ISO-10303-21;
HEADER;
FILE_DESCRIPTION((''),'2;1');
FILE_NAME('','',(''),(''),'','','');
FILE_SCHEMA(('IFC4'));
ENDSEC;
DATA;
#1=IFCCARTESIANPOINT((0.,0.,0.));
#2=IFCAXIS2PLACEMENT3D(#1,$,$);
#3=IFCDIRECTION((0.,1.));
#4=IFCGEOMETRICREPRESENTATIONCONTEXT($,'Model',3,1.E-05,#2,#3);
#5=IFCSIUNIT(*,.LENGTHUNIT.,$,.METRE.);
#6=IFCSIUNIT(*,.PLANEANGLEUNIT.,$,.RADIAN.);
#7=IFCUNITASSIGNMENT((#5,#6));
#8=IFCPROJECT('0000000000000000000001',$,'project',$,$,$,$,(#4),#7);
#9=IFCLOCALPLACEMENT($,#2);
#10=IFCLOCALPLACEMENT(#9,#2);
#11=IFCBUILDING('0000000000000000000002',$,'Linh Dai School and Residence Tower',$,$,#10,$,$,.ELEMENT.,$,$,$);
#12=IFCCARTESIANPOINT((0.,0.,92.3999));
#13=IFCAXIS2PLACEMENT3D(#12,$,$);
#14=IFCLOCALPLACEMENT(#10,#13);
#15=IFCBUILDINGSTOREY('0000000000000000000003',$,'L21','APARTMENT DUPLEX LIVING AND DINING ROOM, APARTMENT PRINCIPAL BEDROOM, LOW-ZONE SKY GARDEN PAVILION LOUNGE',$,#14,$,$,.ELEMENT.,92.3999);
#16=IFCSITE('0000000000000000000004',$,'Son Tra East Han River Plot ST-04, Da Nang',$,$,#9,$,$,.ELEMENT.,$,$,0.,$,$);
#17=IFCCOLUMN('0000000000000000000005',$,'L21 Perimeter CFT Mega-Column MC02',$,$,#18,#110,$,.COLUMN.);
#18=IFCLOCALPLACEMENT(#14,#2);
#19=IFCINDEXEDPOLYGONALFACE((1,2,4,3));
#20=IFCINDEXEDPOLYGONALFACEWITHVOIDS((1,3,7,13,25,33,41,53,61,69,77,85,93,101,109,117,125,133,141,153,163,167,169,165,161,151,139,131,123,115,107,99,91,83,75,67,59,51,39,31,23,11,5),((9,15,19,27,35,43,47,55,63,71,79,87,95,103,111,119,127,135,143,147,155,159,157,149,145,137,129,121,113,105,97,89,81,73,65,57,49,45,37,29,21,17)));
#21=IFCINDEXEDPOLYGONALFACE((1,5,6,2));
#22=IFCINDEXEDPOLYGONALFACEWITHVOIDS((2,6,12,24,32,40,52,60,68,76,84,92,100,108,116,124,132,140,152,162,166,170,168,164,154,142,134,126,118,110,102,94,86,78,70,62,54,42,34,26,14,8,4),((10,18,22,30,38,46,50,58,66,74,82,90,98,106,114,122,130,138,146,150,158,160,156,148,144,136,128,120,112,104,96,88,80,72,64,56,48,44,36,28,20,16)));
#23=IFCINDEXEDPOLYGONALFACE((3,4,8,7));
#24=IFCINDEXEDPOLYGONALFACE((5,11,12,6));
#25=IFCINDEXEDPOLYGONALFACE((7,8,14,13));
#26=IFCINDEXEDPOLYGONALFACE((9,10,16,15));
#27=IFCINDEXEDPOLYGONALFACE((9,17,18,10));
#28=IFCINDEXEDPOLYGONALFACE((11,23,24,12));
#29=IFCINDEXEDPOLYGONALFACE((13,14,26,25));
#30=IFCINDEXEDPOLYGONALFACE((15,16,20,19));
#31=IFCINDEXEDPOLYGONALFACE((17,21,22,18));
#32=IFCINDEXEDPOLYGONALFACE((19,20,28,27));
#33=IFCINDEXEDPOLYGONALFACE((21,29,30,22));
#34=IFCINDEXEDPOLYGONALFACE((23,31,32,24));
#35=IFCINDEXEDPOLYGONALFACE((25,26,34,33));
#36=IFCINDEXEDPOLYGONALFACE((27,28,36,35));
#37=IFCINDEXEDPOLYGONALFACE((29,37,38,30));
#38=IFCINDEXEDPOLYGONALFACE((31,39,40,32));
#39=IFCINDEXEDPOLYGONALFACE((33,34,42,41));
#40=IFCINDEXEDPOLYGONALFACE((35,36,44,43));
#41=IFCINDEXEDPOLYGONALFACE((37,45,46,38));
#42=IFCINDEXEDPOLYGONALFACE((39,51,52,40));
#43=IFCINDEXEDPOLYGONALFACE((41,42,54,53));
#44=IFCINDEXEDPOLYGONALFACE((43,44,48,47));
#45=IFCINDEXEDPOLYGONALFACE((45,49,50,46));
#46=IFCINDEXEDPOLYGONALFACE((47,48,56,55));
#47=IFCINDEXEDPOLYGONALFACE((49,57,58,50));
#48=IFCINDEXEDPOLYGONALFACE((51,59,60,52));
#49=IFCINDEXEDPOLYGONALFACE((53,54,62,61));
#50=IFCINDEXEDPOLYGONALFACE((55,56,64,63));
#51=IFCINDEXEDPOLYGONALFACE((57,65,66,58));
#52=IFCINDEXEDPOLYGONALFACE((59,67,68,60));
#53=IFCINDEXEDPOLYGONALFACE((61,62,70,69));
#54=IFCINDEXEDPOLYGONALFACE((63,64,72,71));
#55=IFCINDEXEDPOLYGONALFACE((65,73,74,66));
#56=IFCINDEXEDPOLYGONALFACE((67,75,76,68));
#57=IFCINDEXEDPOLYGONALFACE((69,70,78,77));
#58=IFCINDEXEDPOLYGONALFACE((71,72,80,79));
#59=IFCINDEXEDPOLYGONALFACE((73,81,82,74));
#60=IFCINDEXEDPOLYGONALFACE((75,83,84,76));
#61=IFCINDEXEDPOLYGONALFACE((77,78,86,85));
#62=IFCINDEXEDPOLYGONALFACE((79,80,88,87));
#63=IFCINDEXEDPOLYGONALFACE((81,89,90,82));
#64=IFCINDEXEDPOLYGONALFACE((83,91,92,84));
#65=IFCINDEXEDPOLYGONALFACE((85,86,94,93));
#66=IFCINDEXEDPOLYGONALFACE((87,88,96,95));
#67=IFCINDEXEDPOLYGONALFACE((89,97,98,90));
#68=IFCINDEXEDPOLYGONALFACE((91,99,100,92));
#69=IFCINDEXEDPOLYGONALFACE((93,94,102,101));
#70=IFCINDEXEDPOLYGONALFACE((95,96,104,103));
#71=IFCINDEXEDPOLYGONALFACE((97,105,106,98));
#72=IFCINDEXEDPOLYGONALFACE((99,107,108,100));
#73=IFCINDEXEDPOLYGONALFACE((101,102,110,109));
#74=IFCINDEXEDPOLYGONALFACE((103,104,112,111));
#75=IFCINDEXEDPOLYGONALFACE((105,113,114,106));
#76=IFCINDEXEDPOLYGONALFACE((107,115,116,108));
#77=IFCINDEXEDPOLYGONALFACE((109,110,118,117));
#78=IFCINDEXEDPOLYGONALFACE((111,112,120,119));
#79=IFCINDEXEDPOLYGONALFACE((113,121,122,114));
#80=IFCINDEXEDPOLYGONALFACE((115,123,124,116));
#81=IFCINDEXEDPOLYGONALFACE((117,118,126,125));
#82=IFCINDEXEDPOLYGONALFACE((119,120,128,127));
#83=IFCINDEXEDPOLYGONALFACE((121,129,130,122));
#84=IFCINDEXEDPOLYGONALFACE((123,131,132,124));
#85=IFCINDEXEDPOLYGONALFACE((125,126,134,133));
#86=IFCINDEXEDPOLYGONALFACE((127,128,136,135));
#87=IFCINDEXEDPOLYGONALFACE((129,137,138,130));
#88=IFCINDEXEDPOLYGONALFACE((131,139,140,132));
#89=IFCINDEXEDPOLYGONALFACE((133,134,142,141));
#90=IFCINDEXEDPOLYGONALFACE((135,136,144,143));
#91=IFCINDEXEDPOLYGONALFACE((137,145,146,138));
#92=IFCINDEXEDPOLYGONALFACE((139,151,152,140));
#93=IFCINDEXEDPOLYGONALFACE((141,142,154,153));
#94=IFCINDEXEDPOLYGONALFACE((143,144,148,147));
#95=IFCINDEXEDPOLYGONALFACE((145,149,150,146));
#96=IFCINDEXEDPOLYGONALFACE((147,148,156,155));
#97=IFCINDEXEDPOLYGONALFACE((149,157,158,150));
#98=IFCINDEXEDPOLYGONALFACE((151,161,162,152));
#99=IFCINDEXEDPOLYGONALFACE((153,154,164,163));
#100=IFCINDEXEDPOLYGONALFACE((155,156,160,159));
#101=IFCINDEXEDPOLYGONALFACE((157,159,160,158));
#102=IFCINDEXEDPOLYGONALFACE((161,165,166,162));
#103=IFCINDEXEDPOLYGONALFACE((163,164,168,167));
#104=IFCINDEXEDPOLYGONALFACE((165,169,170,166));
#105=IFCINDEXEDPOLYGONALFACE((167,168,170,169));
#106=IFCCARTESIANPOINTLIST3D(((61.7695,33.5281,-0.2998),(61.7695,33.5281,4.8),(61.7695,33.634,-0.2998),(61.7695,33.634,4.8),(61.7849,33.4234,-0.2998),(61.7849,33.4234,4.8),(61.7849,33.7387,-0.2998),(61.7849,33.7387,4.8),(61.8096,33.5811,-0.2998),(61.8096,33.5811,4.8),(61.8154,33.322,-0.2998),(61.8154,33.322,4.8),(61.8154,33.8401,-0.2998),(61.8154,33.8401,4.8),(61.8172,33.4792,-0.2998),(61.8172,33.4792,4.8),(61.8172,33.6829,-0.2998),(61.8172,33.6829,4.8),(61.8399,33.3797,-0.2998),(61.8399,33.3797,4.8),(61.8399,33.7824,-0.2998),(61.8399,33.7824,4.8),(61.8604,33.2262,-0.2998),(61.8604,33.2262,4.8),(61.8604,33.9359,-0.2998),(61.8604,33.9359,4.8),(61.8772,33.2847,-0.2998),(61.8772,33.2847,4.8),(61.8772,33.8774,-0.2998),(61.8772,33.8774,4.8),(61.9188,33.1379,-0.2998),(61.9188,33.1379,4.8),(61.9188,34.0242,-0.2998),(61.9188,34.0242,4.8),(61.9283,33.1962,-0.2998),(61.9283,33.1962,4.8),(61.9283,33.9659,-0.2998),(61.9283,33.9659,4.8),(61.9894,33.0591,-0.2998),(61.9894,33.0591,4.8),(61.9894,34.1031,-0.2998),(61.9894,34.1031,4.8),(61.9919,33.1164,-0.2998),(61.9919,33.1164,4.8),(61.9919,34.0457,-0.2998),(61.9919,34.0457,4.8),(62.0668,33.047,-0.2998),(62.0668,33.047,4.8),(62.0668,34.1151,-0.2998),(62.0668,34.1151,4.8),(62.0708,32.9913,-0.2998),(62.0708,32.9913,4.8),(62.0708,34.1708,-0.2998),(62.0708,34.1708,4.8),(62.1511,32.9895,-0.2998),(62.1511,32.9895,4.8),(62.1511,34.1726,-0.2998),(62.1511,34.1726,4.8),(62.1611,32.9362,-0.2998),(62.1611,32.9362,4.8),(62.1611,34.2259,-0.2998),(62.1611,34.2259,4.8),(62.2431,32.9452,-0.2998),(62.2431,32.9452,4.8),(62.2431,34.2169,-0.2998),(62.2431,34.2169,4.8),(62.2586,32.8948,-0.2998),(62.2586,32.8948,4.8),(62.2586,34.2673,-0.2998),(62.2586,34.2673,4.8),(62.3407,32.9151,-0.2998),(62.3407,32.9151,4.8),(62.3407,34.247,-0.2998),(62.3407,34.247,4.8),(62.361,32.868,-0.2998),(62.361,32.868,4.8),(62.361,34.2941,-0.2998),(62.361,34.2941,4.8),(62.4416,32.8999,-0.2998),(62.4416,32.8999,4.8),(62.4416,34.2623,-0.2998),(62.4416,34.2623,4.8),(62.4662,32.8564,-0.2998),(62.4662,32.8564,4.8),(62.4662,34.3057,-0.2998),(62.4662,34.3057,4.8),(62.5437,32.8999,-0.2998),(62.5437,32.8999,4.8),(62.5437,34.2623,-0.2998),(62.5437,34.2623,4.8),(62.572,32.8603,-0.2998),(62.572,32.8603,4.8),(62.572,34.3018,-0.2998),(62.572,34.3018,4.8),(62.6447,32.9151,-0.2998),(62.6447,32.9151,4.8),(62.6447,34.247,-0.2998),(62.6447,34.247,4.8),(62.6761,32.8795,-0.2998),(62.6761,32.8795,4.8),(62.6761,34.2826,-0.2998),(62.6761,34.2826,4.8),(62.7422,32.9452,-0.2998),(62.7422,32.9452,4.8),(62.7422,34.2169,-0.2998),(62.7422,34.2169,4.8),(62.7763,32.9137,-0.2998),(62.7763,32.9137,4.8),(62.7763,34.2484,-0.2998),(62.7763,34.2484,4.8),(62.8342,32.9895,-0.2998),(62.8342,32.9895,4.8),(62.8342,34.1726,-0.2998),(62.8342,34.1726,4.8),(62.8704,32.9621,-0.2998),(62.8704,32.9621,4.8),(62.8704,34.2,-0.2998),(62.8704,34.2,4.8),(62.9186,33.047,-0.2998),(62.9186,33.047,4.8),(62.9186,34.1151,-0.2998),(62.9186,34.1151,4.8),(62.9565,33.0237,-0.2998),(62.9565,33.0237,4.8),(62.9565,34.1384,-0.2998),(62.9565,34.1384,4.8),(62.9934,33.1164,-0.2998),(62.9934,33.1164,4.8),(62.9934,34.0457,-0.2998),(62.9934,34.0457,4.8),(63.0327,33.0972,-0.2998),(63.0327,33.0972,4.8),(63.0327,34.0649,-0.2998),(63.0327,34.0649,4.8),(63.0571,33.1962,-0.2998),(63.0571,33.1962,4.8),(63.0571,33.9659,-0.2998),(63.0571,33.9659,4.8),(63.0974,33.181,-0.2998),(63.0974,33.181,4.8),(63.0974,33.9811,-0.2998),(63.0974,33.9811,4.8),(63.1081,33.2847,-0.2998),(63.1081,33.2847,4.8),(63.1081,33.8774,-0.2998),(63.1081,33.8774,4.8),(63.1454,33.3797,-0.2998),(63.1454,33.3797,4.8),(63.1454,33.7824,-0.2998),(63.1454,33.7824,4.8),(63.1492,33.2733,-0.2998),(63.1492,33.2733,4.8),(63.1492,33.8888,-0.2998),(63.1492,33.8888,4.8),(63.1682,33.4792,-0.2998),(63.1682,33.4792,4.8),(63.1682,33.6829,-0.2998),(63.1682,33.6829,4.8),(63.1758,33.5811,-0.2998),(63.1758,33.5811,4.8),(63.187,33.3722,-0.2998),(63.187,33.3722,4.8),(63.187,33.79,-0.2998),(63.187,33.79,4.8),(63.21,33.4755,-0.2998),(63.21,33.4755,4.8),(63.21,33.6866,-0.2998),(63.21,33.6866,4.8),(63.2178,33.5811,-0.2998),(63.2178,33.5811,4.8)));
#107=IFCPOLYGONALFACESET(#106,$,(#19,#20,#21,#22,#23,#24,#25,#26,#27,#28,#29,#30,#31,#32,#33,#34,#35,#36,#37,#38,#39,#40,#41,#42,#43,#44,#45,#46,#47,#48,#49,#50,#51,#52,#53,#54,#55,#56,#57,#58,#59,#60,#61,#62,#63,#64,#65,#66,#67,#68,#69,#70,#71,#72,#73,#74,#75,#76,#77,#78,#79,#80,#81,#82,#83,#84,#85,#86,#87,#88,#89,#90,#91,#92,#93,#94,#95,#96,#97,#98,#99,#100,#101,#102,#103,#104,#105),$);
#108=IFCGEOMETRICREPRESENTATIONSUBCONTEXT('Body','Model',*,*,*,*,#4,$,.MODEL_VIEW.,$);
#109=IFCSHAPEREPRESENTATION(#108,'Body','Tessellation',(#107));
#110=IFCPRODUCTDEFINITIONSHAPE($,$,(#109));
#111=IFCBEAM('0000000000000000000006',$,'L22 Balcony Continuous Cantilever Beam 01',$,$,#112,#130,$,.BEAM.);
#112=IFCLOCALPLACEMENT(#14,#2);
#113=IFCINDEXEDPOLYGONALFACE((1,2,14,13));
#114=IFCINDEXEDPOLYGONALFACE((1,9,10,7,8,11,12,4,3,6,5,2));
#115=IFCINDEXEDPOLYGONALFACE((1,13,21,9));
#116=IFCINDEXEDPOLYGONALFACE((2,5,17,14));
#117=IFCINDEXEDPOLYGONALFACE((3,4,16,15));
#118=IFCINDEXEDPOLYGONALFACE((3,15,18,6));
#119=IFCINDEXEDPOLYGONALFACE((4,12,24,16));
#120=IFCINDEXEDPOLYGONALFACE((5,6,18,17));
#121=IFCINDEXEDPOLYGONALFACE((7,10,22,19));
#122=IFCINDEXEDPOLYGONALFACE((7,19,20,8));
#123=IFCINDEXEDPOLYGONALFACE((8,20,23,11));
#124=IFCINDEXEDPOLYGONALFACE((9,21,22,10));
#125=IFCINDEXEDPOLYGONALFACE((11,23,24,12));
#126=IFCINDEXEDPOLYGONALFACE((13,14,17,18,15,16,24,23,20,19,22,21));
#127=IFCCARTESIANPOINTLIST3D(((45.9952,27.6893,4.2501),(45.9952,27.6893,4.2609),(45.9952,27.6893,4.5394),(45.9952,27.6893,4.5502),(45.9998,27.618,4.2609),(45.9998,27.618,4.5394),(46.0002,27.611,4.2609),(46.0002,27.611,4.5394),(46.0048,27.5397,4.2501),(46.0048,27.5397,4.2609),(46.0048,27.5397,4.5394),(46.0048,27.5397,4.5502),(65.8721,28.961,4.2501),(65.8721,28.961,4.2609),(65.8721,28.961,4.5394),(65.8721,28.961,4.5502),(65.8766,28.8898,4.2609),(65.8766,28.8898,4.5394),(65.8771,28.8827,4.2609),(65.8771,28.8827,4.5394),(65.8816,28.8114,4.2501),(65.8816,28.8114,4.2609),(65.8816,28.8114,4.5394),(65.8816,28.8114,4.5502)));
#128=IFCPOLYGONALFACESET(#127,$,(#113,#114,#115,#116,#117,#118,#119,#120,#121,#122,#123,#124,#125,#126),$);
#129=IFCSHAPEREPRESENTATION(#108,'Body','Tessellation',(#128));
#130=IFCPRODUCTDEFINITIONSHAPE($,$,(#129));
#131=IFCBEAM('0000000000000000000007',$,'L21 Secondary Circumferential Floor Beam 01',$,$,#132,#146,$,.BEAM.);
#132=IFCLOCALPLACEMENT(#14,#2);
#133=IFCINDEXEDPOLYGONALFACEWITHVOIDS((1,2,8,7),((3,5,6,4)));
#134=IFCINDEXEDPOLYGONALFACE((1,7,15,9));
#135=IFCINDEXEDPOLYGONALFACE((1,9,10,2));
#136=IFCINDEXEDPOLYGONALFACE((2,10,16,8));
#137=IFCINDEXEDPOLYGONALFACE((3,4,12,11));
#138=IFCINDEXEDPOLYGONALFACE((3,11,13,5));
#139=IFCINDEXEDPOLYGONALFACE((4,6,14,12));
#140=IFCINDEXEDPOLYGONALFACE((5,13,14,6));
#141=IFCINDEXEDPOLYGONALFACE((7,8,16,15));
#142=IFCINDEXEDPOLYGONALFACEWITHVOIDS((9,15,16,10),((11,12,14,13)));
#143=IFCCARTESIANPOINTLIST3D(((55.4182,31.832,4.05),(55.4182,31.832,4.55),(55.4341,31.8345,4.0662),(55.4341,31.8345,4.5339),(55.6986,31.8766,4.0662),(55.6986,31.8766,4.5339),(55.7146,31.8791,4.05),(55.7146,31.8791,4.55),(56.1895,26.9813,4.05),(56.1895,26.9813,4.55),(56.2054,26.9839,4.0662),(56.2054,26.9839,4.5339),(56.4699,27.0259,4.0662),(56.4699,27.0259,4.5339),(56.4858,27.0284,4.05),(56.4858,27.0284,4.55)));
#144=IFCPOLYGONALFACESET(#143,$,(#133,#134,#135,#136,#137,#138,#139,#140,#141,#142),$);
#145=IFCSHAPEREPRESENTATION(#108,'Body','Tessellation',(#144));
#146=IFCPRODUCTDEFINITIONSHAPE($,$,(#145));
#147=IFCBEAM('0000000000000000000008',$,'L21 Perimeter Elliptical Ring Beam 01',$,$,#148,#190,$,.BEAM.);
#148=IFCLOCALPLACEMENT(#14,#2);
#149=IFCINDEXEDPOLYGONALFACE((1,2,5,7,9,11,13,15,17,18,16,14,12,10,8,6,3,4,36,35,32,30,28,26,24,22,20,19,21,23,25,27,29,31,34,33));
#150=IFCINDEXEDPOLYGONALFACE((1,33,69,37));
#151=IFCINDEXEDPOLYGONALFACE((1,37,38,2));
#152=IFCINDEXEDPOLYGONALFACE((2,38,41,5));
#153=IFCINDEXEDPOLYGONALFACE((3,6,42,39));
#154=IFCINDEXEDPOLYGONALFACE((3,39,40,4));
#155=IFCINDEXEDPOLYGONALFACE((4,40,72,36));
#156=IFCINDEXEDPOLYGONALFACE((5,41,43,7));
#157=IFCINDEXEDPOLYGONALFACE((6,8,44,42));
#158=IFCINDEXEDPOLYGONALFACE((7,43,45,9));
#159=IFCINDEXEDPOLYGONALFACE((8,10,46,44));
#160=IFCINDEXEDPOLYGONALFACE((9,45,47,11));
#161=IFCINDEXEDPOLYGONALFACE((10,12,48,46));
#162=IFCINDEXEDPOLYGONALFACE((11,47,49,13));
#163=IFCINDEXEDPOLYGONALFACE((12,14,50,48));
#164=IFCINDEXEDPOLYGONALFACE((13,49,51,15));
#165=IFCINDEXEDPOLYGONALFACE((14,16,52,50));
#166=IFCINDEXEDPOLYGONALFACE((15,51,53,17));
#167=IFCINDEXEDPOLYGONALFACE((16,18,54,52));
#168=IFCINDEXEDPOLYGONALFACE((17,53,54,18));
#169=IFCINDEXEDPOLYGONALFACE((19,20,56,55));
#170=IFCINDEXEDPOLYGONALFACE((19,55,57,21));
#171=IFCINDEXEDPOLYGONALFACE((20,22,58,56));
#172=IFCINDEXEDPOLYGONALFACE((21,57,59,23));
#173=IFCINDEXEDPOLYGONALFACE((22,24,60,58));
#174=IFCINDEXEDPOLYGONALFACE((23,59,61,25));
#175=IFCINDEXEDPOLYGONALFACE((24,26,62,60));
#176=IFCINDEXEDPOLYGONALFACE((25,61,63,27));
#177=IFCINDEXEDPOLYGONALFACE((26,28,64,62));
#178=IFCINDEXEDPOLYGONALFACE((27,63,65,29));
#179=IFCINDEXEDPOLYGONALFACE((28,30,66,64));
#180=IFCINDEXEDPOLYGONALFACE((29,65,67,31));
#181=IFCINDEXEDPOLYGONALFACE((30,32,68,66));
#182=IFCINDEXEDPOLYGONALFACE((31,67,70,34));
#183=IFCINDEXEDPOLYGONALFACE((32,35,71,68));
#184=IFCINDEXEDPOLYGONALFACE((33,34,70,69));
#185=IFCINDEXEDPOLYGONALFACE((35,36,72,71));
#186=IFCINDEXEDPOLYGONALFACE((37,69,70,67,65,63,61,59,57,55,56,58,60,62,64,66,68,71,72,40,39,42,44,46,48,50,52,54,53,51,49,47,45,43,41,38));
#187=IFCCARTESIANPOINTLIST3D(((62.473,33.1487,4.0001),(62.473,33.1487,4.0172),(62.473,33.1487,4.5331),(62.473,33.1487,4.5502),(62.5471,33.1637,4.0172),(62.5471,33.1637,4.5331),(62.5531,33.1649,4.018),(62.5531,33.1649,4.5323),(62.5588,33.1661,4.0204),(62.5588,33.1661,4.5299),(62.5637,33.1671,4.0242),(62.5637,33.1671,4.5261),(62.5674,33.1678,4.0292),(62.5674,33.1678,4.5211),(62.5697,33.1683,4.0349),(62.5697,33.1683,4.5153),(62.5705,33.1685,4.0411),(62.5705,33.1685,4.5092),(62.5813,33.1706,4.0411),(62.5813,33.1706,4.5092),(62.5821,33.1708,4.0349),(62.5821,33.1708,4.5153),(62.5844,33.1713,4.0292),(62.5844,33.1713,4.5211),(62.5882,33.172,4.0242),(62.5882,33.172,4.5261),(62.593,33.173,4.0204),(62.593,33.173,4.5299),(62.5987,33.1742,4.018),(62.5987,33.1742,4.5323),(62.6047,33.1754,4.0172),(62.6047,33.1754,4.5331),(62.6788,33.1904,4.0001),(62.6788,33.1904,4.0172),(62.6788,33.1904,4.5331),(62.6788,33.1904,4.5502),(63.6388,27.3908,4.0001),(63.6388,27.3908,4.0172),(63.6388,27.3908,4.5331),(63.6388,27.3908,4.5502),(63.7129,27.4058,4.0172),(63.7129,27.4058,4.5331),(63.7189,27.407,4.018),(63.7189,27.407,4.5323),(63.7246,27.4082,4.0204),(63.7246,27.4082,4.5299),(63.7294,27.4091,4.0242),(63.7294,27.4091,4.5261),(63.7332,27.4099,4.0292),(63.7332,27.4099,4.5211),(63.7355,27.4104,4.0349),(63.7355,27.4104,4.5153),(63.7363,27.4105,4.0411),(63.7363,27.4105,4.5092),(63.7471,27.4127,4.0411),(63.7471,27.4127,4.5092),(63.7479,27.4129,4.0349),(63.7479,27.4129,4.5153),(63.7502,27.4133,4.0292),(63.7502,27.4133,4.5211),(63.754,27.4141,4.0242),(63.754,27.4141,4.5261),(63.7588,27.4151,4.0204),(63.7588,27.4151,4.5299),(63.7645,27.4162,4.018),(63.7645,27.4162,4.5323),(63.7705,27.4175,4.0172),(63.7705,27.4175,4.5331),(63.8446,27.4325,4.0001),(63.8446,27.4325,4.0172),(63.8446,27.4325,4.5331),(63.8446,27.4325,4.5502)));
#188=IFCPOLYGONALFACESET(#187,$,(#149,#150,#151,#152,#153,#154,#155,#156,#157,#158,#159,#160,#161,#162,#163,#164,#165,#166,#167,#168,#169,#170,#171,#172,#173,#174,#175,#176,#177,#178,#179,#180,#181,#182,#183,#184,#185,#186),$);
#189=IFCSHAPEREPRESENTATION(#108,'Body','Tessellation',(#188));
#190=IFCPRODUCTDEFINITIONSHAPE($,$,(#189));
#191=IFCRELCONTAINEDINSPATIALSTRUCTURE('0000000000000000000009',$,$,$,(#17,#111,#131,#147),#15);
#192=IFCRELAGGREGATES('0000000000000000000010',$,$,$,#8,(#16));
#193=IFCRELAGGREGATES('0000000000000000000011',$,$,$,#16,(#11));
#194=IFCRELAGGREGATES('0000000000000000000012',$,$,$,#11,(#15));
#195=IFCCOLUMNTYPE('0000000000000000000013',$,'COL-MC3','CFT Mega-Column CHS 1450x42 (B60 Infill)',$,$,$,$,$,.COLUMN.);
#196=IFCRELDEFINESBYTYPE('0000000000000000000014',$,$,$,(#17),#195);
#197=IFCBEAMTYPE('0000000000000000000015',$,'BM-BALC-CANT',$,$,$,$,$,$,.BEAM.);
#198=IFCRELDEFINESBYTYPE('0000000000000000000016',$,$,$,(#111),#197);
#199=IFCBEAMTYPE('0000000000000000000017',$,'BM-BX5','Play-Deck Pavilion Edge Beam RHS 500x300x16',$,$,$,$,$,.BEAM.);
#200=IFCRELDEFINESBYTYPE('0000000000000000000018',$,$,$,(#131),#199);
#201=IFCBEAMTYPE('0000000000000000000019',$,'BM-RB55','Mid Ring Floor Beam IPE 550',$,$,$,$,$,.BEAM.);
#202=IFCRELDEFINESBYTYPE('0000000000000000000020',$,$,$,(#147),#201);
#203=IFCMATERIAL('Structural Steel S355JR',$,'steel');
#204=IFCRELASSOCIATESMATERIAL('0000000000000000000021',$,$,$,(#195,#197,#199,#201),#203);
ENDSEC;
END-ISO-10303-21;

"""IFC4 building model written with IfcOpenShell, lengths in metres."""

from ifc_helpers import new_model, si_unit, direction, frame, origin, origin_2d, place, context, subcontext, project, spatial, hollow_rectangle, hollow_circle, i_section, extrude, material, material_profile, profile_set, type_object, element, save


model = new_model("IFC4")

# Units and contexts
model_context = context("Model", 3, precision=1e-05, world=origin(), true_north=direction((0.0, 1.0)))
body_context = subcontext(model_context, "Body", "Model", "MODEL_VIEW")
ifc_project = project(units=[si_unit("LENGTHUNIT", "METRE"), si_unit("PLANEANGLEUNIT", "RADIAN")], contexts=[model_context])

# Site, building, storey
site_placement = place(None, origin())
site = spatial("IfcSite", under=ifc_project, at=site_placement, Name="Son Tra East Han River Plot ST-04, Da Nang", CompositionType="ELEMENT", RefElevation=0.0)
building_placement = place(site_placement, origin())
building = spatial("IfcBuilding", under=site, at=building_placement, Name="Linh Dai School and Residence Tower", CompositionType="ELEMENT")
storey_placement = place(building_placement, frame((0.0, 0.0, 92.3999)))
storey = spatial("IfcBuildingStorey", under=building, at=storey_placement, Name="L21", Description="APARTMENT DUPLEX LIVING AND DINING ROOM, APARTMENT PRINCIPAL BEDROOM, LOW-ZONE SKY GARDEN PAVILION LOUNGE", CompositionType="ELEMENT", Elevation=92.3999)

# Column
ifc_material_1 = material(Name="Structural Steel S355JR", Category="steel")
ifc_material_profile_1 = material_profile(ifc_material_1, hollow_circle(Radius=0.7251, WallThickness=0.042, at=origin_2d()), Name="CHS 1450x42")
ifc_profile_set_1 = profile_set([ifc_material_profile_1], Name="Structural Steel S355JR")
column_type_1 = type_object("IfcColumnType", Name="COL-MC3", Description="CFT Mega-Column CHS 1450x42 (B60 Infill)", PredefinedType="COLUMN", material=ifc_profile_set_1)
for number, where, z_axis, x_axis, name in (
    (1, (62.4927, 33.5811, -0.2998), (0.0, 0.0, 1.0), (1.0, 0.0, 0.0), "L21 Perimeter CFT Mega-Column MC02"),
):
    element("IfcColumn", number, at=place(storey_placement, frame(where, z_axis=z_axis, x_axis=x_axis)), inside=storey, type_object=column_type_1, Name=name, PredefinedType="COLUMN", context=body_context, shape_type="SweptSolid", body=[
        extrude(hollow_circle(Radius=0.7251, WallThickness=0.042, at=origin_2d()), origin(), (0.0, 0.0, 1.0), 5.0999),
    ])

# Beams
ifc_material_profile_2 = material_profile(ifc_material_1, i_section(OverallWidth=0.1499, OverallDepth=0.3, WebThickness=0.0071, FlangeThickness=0.0107, at=origin_2d()), Name="IPE 300")
ifc_profile_set_2 = profile_set([ifc_material_profile_2], Name="Structural Steel S355JR")
beam_type_1 = type_object("IfcBeamType", Name="BM-BALC-CANT", PredefinedType="BEAM", material=ifc_profile_set_2)
beam_1_placement = place(storey_placement, frame((46.0, 27.6145, 4.4001), z_axis=(0.99796, 0.06385, 0.0), x_axis=(-0.06385, 0.99796, 0.0)))
element("IfcBeam", 2, at=beam_1_placement, inside=storey, type_object=beam_type_1, Name="L22 Balcony Continuous Cantilever Beam 01", PredefinedType="BEAM", context=body_context, shape_type="SweptSolid", body=[
    extrude(i_section(OverallWidth=0.1499, OverallDepth=0.3, WebThickness=0.0071, FlangeThickness=0.0107, at=origin_2d()), origin(), (0.0, 0.0, 1.0), 19.9175),
])
ifc_material_profile_3 = material_profile(ifc_material_1, hollow_rectangle(XDim=0.3, YDim=0.5, WallThickness=0.0161, at=origin_2d()), Name="RHS 500x300x16")
ifc_profile_set_3 = profile_set([ifc_material_profile_3], Name="Structural Steel S355JR")
beam_type_2 = type_object("IfcBeamType", Name="BM-BX5", Description="Play-Deck Pavilion Edge Beam RHS 500x300x16", PredefinedType="BEAM", material=ifc_profile_set_3)
beam_2_placement = place(storey_placement, frame((56.3376, 27.0049, 4.3), z_axis=(-0.157027, 0.987594, 0.0), x_axis=(-0.987594, -0.157027, 0.0)))
element("IfcBeam", 3, at=beam_2_placement, inside=storey, type_object=beam_type_2, Name="L21 Secondary Circumferential Floor Beam 01", PredefinedType="BEAM", context=body_context, shape_type="SweptSolid", body=[
    extrude(hollow_rectangle(XDim=0.3, YDim=0.5, WallThickness=0.0161, at=origin_2d()), origin(), (0.0, 0.0, 1.0), 4.9116),
])
ifc_material_profile_4 = material_profile(ifc_material_1, i_section(OverallWidth=0.21, OverallDepth=0.55, WebThickness=0.011, FlangeThickness=0.0171, FilletRadius=0.0239, at=origin_2d()), Name="IPE 550")
ifc_profile_set_4 = profile_set([ifc_material_profile_4], Name="Structural Steel S355JR")
beam_type_3 = type_object("IfcBeamType", Name="BM-RB55", Description="Mid Ring Floor Beam IPE 550", PredefinedType="BEAM", material=ifc_profile_set_4)
beam_3_placement = place(storey_placement, frame((63.7417, 27.4116, 4.2751), z_axis=(-0.198441, 0.980113, 0.0), x_axis=(-0.980113, -0.198441, 0.0)))
element("IfcBeam", 4, at=beam_3_placement, inside=storey, type_object=beam_type_3, Name="L21 Perimeter Elliptical Ring Beam 01", PredefinedType="BEAM", context=body_context, shape_type="SweptSolid", body=[
    extrude(i_section(OverallWidth=0.21, OverallDepth=0.55, WebThickness=0.011, FlangeThickness=0.0171, FilletRadius=0.0239, at=origin_2d()), origin(), (0.0, 0.0, 1.0), 5.8748),
])

save(model, "model.ifc")
